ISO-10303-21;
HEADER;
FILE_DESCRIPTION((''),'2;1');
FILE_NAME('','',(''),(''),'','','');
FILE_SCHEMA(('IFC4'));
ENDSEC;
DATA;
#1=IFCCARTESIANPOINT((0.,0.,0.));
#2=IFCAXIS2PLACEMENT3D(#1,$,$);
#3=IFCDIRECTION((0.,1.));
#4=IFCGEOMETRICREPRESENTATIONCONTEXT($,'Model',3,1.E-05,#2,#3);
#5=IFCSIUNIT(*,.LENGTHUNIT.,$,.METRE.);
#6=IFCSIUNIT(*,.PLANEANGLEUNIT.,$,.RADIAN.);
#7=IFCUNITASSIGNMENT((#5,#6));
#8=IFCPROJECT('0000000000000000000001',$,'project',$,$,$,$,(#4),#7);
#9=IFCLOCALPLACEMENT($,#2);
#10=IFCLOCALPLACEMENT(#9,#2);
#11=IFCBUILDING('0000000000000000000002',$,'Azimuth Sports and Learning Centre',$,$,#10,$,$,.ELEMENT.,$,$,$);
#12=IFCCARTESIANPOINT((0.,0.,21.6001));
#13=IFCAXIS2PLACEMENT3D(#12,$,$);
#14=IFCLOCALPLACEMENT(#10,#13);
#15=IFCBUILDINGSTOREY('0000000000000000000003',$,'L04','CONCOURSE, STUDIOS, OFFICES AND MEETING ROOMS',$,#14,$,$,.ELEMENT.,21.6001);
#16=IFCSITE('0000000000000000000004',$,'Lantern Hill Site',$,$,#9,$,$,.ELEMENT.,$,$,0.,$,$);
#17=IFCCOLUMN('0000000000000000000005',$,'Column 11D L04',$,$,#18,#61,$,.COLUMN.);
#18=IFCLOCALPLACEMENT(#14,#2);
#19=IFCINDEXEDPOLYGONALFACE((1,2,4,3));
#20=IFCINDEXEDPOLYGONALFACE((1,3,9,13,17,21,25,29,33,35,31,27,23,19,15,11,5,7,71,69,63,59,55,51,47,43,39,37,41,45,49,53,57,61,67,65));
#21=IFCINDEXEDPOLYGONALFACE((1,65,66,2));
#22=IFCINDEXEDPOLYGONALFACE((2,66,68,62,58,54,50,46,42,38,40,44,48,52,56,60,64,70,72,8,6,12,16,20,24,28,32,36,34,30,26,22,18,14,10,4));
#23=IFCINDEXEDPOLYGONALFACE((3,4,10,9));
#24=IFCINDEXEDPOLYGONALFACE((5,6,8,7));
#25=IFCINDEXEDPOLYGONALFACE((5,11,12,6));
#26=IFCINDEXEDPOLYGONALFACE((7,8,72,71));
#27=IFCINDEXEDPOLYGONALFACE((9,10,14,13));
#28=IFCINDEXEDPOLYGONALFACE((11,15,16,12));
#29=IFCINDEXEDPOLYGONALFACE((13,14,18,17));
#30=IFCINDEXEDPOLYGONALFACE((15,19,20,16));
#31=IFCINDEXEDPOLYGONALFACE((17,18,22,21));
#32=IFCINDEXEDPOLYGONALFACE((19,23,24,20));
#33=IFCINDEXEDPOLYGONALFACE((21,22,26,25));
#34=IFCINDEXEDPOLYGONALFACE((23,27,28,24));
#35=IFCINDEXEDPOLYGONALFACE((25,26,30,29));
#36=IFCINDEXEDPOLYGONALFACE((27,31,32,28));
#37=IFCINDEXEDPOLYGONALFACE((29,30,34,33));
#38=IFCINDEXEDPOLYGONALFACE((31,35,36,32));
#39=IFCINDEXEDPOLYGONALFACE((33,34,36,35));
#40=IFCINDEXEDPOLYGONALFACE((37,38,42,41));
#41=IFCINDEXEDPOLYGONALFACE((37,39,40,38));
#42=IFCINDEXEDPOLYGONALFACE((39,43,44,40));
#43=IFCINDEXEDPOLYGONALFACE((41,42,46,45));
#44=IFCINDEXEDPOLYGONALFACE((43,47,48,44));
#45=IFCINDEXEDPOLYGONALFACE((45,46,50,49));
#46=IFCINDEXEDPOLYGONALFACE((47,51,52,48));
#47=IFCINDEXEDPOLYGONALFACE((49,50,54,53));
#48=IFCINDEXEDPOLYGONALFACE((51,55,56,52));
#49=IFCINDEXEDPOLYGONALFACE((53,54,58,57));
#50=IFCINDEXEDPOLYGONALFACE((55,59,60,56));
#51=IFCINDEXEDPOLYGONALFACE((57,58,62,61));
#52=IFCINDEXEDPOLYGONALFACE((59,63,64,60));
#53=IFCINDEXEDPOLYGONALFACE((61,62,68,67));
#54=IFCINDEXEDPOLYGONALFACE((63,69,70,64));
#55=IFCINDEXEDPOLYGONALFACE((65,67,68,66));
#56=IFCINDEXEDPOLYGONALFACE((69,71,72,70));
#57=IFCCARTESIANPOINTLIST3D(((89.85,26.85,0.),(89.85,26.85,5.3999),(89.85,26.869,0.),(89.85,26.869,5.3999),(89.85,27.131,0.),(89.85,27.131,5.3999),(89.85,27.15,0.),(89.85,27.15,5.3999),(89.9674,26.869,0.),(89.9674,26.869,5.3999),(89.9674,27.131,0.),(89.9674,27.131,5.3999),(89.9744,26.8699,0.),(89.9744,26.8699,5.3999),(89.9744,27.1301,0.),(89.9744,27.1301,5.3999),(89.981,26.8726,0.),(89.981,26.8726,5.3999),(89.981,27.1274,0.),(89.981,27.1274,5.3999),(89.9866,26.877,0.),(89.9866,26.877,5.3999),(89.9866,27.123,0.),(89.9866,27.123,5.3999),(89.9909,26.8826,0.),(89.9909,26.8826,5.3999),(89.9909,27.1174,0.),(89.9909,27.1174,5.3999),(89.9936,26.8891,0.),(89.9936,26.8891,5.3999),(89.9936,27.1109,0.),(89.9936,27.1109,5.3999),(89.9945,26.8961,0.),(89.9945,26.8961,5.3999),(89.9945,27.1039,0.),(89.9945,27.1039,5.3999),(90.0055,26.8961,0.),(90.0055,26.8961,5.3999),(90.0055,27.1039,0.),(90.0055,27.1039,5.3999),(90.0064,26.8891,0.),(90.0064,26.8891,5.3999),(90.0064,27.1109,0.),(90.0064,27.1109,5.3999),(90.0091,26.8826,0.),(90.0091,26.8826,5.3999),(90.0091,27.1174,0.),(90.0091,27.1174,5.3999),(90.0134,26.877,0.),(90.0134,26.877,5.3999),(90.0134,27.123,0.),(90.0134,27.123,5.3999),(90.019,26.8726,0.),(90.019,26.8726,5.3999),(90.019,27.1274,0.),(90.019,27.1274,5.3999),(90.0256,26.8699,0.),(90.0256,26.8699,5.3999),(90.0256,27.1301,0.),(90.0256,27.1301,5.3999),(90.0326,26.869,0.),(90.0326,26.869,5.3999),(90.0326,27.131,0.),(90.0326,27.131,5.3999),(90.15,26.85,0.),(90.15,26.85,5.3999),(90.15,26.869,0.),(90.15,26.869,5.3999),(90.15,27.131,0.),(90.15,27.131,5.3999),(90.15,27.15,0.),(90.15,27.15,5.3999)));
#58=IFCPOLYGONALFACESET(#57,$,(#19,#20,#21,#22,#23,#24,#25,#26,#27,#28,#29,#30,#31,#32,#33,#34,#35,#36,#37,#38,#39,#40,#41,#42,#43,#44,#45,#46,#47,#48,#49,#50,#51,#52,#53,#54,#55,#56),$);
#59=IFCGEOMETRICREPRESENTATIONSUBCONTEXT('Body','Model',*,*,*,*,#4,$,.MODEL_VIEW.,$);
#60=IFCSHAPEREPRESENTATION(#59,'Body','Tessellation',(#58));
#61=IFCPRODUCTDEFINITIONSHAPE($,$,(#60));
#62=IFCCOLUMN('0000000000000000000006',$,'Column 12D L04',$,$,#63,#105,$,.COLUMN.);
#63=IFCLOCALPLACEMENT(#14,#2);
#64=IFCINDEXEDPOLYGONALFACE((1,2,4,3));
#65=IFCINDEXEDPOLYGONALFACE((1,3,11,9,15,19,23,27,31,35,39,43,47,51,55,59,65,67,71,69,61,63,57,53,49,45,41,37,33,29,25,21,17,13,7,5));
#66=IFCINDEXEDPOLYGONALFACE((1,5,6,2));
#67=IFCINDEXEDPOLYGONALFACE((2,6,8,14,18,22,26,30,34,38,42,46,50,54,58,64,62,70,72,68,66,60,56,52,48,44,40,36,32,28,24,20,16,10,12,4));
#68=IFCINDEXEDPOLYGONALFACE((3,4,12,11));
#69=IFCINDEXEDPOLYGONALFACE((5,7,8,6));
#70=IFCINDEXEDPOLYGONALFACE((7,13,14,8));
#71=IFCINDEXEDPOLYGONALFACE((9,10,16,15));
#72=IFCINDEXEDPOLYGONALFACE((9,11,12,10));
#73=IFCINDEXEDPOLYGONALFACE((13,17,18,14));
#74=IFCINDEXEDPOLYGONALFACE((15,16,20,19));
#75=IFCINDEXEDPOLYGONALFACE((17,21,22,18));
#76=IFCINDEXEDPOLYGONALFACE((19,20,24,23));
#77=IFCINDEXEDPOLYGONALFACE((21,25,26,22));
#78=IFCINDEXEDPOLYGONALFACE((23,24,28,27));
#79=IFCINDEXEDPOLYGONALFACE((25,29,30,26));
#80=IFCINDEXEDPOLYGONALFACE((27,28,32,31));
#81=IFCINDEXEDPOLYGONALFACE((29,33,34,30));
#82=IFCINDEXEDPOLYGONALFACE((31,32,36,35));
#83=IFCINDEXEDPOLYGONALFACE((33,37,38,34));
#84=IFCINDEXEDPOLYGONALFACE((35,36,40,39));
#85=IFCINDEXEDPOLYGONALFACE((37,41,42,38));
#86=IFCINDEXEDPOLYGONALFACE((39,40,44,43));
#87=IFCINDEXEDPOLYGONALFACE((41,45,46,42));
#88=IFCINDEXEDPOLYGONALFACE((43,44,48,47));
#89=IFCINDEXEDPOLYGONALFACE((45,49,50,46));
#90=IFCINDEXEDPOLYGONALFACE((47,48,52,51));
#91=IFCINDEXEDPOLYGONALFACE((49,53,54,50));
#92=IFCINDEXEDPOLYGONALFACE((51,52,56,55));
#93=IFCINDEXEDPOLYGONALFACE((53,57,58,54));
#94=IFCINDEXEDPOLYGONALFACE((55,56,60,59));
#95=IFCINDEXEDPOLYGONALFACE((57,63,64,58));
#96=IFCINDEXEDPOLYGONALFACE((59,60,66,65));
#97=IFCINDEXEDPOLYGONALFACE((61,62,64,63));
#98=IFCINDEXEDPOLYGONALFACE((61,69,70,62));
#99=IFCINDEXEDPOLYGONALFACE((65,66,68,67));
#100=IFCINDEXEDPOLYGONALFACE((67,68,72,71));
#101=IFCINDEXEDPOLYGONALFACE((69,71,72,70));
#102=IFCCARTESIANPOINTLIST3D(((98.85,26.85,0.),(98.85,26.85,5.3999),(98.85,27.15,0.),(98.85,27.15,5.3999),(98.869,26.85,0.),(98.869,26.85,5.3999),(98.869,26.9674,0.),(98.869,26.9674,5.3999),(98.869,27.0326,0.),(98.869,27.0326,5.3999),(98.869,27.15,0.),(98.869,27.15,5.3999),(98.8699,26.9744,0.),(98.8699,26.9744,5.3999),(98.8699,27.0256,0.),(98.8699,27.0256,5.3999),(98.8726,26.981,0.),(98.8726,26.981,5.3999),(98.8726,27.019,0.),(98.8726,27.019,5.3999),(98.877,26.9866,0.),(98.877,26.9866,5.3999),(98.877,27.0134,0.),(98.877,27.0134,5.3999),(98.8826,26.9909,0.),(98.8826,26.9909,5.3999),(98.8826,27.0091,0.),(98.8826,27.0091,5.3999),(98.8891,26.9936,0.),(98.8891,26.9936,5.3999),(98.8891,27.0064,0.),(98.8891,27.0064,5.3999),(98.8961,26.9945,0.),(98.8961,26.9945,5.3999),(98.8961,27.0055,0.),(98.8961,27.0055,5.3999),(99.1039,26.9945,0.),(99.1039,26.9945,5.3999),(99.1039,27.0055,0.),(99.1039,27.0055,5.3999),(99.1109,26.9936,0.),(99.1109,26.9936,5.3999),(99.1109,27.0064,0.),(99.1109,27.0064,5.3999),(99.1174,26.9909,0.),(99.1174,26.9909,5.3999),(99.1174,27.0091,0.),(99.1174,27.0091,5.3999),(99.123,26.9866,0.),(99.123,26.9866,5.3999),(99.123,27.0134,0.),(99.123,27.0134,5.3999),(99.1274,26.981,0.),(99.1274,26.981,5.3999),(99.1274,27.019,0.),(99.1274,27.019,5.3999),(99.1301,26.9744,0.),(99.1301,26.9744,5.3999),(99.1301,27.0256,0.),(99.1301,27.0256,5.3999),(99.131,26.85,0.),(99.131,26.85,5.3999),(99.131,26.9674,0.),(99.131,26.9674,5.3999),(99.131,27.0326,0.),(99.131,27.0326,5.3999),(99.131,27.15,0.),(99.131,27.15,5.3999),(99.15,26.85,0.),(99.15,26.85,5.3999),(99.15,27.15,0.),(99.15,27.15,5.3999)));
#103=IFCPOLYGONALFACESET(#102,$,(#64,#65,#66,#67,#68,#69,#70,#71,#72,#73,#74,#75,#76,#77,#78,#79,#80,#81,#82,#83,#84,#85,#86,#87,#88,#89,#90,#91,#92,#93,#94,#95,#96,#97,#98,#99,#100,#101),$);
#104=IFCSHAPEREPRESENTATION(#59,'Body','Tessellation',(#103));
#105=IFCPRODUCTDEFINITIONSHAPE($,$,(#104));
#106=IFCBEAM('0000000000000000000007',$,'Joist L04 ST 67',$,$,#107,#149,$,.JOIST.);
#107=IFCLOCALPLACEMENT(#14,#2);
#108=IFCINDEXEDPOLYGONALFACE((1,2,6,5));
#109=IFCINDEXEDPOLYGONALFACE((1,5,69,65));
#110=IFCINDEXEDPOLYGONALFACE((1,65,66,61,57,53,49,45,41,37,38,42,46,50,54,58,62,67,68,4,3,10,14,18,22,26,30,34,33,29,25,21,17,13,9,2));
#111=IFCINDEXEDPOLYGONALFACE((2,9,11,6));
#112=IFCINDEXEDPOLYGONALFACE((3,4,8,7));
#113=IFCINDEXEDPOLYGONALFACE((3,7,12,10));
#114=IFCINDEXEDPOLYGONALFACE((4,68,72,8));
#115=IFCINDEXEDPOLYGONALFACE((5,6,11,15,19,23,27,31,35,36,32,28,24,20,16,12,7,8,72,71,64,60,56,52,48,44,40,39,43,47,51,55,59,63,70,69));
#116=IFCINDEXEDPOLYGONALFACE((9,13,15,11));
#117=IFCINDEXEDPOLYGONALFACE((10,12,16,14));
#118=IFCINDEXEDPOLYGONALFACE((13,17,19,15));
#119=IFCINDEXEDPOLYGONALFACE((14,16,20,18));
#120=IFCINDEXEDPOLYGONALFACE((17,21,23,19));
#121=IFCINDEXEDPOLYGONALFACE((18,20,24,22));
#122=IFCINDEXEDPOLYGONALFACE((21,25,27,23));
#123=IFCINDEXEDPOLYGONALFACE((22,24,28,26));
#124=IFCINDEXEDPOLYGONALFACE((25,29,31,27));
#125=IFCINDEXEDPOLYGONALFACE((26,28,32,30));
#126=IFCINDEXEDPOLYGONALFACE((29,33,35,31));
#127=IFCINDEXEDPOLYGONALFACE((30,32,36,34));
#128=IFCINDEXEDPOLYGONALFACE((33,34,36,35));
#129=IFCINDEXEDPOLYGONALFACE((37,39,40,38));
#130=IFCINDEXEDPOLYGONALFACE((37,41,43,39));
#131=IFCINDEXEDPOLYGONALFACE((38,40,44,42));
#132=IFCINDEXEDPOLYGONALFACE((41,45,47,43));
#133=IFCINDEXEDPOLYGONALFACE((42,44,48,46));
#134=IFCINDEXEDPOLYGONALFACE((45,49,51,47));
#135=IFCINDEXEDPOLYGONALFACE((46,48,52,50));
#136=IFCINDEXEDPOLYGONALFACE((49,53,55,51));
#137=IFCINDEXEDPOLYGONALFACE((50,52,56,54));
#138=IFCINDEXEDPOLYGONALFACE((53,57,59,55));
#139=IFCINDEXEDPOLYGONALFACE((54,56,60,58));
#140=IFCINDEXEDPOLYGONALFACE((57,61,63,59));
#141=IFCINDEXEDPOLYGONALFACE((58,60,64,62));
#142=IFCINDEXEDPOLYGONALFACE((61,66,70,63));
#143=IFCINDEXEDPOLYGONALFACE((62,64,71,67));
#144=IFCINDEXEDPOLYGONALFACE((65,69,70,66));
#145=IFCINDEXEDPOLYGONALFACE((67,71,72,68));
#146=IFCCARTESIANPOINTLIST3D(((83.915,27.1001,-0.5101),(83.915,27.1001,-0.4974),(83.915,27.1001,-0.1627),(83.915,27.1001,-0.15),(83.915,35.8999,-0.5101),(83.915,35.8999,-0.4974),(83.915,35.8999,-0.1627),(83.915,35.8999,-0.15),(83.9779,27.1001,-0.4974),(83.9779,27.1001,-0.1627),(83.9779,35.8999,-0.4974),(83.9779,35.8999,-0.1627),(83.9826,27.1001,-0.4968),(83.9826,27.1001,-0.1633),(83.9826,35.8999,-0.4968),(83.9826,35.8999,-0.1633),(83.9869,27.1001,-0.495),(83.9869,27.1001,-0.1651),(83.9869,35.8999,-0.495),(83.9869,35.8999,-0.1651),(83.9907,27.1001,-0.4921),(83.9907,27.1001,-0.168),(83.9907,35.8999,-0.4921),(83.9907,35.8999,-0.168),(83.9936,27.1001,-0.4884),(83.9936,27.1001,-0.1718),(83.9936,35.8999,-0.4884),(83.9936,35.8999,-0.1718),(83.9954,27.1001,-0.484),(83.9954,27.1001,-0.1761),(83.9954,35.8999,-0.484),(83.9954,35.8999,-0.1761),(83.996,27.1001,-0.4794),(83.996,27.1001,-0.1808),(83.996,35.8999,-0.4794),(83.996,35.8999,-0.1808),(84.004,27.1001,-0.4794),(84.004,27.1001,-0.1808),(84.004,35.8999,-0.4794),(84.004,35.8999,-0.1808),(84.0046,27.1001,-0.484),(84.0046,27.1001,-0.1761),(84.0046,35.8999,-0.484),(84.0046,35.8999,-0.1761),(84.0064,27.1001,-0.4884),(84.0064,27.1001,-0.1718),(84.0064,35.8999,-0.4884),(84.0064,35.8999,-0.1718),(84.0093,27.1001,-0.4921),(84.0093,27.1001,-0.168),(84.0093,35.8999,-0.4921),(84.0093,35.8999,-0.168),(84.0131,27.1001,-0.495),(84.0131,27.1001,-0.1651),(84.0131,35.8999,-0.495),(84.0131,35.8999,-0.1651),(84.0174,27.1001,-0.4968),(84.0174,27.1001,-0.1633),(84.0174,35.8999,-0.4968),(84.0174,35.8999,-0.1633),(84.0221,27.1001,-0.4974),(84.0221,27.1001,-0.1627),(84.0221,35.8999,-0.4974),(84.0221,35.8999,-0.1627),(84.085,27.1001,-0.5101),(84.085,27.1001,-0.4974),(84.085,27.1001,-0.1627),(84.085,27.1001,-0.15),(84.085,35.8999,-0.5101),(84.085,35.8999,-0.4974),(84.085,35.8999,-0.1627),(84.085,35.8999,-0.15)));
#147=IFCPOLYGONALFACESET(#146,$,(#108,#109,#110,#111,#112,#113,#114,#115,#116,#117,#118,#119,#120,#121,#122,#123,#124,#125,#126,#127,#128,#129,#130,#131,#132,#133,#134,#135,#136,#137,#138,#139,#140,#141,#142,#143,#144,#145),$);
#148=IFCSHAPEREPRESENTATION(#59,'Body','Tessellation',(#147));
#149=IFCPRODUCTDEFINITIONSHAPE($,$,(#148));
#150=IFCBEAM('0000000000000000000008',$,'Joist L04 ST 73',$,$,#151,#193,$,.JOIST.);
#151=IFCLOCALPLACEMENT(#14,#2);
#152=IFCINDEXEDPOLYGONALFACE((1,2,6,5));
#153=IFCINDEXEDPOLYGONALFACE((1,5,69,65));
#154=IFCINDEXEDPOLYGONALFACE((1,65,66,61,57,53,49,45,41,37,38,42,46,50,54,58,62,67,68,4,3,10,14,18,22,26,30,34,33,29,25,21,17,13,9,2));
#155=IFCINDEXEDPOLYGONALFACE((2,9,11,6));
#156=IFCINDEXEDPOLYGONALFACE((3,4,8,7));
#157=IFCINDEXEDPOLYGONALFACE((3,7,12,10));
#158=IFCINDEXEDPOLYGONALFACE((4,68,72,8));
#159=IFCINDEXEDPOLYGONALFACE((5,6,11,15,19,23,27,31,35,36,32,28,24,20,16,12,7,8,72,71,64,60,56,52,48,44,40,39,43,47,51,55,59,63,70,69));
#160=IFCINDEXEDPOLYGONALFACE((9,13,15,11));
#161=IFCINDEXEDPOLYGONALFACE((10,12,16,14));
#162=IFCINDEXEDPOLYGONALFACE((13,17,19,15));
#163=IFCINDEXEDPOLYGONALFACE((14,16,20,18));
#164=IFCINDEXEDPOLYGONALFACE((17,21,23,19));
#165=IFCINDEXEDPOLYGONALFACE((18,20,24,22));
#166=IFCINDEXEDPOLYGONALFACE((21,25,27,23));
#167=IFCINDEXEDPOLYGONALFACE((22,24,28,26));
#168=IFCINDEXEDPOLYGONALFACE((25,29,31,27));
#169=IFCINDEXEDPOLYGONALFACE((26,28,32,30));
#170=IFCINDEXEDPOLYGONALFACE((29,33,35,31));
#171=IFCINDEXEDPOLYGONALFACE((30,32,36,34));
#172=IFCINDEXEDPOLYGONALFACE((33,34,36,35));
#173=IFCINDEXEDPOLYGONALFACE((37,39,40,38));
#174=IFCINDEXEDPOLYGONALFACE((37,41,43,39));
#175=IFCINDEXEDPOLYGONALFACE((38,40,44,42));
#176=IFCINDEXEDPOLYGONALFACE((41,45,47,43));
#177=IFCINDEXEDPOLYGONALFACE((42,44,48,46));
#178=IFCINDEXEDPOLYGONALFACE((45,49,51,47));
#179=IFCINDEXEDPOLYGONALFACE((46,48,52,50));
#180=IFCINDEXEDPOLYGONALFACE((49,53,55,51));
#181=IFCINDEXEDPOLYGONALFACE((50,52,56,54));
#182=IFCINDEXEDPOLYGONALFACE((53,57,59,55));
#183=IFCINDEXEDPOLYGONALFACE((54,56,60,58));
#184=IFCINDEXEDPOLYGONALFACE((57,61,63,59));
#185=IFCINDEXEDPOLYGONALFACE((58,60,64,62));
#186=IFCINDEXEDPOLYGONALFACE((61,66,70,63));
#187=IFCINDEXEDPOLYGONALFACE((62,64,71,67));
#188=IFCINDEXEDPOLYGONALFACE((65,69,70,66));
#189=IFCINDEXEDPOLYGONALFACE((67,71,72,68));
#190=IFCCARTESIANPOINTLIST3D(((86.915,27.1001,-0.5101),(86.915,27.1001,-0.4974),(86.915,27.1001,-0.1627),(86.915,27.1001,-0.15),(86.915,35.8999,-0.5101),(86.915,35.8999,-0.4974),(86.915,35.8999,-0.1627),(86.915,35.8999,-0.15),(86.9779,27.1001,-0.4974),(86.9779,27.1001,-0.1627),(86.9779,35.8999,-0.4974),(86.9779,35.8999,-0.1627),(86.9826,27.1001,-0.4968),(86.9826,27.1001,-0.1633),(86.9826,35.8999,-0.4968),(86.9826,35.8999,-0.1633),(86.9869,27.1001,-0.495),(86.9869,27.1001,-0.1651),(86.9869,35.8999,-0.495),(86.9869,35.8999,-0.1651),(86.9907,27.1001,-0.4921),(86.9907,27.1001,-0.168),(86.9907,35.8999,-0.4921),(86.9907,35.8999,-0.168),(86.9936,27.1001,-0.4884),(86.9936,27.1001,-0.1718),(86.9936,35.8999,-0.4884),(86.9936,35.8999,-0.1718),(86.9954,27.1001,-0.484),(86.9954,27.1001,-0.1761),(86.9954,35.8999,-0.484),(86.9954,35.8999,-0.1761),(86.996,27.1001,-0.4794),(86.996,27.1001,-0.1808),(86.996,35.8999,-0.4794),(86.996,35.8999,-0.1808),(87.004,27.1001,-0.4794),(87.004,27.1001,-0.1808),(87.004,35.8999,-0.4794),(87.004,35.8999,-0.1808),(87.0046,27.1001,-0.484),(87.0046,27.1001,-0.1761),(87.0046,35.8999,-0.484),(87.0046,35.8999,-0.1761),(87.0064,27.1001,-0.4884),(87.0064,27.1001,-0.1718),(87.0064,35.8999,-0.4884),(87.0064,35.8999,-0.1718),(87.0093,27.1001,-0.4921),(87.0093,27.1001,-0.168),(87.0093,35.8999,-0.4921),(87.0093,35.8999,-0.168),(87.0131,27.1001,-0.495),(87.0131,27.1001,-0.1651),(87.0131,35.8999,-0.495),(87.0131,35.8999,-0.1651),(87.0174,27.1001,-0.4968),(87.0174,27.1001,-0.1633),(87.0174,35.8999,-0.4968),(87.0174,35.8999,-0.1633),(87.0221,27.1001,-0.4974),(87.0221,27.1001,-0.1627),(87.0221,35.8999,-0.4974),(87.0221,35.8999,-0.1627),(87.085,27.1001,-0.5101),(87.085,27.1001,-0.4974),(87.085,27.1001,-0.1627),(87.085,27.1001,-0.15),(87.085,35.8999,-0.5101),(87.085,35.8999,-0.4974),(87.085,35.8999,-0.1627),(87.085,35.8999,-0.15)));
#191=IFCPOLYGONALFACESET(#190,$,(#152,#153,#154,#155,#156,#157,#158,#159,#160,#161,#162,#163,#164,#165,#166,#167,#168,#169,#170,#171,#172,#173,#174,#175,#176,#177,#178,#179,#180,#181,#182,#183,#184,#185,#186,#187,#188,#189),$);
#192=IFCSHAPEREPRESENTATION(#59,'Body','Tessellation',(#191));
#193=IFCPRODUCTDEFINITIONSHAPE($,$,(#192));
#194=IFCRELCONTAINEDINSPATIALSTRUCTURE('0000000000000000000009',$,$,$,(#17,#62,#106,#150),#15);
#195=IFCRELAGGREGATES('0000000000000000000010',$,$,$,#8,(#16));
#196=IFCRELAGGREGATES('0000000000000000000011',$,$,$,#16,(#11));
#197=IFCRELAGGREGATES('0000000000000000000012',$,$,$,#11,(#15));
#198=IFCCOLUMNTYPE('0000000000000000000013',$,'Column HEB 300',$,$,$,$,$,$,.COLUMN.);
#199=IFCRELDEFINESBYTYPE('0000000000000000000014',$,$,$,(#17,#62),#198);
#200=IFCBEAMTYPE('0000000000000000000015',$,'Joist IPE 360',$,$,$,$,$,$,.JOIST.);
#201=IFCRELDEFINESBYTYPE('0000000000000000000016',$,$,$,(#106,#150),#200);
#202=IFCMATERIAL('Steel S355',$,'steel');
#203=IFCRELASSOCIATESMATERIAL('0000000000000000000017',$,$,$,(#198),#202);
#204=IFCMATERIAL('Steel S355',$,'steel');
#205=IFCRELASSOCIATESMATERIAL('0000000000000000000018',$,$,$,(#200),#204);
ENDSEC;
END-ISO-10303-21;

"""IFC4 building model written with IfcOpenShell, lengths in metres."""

from ifc_helpers import new_model, si_unit, direction, frame, origin, origin_2d, place, context, subcontext, project, spatial, i_section, extrude, material, material_profile, profile_set, type_object, element, save


model = new_model("IFC4")

# Units and contexts
model_context = context("Model", 3, precision=1e-05, world=origin(), true_north=direction((0.0, 1.0)))
body_context = subcontext(model_context, "Body", "Model", "MODEL_VIEW")
ifc_project = project(units=[si_unit("LENGTHUNIT", "METRE"), si_unit("PLANEANGLEUNIT", "RADIAN")], contexts=[model_context])

# Site, building, storey
site_placement = place(None, origin())
site = spatial("IfcSite", under=ifc_project, at=site_placement, Name="Lantern Hill Site", CompositionType="ELEMENT", RefElevation=0.0)
building_placement = place(site_placement, origin())
building = spatial("IfcBuilding", under=site, at=building_placement, Name="Azimuth Sports and Learning Centre", CompositionType="ELEMENT")
storey_placement = place(building_placement, frame((0.0, 0.0, 21.6001)))
storey = spatial("IfcBuildingStorey", under=building, at=storey_placement, Name="L04", Description="CONCOURSE, STUDIOS, OFFICES AND MEETING ROOMS", CompositionType="ELEMENT", Elevation=21.6001)

# Columns
ifc_material_1 = material(Name="Steel S355", Category="steel")
ifc_material_profile_1 = material_profile(ifc_material_1, i_section(OverallWidth=0.3, OverallDepth=0.3, WebThickness=0.011, FlangeThickness=0.019, FilletRadius=0.0271, at=origin_2d()), Name="HEB 300")
ifc_profile_set_1 = profile_set([ifc_material_profile_1], Name="Steel S355")
column_type = type_object("IfcColumnType", Name="Column HEB 300", PredefinedType="COLUMN", material=ifc_profile_set_1)
for number, where, z_axis, x_axis, name in (
    (1, (90.0, 27.0, 0.0), (0.0, 0.0, 1.0), (1.0, 0.0, 0.0), "Column 11D L04"),
    (2, (99.0, 27.0, 0.0), (0.0, 0.0, 1.0), (0.0, 1.0, 0.0), "Column 12D L04"),
):
    element("IfcColumn", number, at=place(storey_placement, frame(where, z_axis=z_axis, x_axis=x_axis)), inside=storey, type_object=column_type, Name=name, PredefinedType="COLUMN", context=body_context, shape_type="SweptSolid", body=[
        extrude(i_section(OverallWidth=0.3, OverallDepth=0.3, WebThickness=0.011, FlangeThickness=0.019, FilletRadius=0.0271, at=origin_2d()), origin(), (0.0, 0.0, 1.0), 5.3999),
    ])

# Beams
ifc_material_2 = material(Name="Steel S355", Category="steel")
ifc_material_profile_2 = material_profile(ifc_material_2, i_section(OverallWidth=0.1699, OverallDepth=0.3601, WebThickness=0.0081, FlangeThickness=0.0127, FilletRadius=0.0181, at=origin_2d()), Name="IPE 360")
ifc_profile_set_2 = profile_set([ifc_material_profile_2], Name="Steel S355")
beam_type = type_object("IfcBeamType", Name="Joist IPE 360", PredefinedType="JOIST", material=ifc_profile_set_2)
for number, where, z_axis, x_axis, name in (
    (3, (84.0, 27.1001, -0.3301), (0.0, 1.0, 0.0), (-1.0, 0.0, 0.0), "Joist L04 ST 67"),
    (4, (87.0, 27.1001, -0.3301), (0.0, 1.0, 0.0), (-1.0, 0.0, 0.0), "Joist L04 ST 73"),
):
    element("IfcBeam", number, at=place(storey_placement, frame(where, z_axis=z_axis, x_axis=x_axis)), inside=storey, type_object=beam_type, Name=name, PredefinedType="JOIST", context=body_context, shape_type="SweptSolid", body=[
        extrude(i_section(OverallWidth=0.1699, OverallDepth=0.3601, WebThickness=0.0081, FlangeThickness=0.0127, FilletRadius=0.0181, at=origin_2d()), origin(), (0.0, 0.0, 1.0), 8.7998),
    ])

save(model, "model.ifc")
